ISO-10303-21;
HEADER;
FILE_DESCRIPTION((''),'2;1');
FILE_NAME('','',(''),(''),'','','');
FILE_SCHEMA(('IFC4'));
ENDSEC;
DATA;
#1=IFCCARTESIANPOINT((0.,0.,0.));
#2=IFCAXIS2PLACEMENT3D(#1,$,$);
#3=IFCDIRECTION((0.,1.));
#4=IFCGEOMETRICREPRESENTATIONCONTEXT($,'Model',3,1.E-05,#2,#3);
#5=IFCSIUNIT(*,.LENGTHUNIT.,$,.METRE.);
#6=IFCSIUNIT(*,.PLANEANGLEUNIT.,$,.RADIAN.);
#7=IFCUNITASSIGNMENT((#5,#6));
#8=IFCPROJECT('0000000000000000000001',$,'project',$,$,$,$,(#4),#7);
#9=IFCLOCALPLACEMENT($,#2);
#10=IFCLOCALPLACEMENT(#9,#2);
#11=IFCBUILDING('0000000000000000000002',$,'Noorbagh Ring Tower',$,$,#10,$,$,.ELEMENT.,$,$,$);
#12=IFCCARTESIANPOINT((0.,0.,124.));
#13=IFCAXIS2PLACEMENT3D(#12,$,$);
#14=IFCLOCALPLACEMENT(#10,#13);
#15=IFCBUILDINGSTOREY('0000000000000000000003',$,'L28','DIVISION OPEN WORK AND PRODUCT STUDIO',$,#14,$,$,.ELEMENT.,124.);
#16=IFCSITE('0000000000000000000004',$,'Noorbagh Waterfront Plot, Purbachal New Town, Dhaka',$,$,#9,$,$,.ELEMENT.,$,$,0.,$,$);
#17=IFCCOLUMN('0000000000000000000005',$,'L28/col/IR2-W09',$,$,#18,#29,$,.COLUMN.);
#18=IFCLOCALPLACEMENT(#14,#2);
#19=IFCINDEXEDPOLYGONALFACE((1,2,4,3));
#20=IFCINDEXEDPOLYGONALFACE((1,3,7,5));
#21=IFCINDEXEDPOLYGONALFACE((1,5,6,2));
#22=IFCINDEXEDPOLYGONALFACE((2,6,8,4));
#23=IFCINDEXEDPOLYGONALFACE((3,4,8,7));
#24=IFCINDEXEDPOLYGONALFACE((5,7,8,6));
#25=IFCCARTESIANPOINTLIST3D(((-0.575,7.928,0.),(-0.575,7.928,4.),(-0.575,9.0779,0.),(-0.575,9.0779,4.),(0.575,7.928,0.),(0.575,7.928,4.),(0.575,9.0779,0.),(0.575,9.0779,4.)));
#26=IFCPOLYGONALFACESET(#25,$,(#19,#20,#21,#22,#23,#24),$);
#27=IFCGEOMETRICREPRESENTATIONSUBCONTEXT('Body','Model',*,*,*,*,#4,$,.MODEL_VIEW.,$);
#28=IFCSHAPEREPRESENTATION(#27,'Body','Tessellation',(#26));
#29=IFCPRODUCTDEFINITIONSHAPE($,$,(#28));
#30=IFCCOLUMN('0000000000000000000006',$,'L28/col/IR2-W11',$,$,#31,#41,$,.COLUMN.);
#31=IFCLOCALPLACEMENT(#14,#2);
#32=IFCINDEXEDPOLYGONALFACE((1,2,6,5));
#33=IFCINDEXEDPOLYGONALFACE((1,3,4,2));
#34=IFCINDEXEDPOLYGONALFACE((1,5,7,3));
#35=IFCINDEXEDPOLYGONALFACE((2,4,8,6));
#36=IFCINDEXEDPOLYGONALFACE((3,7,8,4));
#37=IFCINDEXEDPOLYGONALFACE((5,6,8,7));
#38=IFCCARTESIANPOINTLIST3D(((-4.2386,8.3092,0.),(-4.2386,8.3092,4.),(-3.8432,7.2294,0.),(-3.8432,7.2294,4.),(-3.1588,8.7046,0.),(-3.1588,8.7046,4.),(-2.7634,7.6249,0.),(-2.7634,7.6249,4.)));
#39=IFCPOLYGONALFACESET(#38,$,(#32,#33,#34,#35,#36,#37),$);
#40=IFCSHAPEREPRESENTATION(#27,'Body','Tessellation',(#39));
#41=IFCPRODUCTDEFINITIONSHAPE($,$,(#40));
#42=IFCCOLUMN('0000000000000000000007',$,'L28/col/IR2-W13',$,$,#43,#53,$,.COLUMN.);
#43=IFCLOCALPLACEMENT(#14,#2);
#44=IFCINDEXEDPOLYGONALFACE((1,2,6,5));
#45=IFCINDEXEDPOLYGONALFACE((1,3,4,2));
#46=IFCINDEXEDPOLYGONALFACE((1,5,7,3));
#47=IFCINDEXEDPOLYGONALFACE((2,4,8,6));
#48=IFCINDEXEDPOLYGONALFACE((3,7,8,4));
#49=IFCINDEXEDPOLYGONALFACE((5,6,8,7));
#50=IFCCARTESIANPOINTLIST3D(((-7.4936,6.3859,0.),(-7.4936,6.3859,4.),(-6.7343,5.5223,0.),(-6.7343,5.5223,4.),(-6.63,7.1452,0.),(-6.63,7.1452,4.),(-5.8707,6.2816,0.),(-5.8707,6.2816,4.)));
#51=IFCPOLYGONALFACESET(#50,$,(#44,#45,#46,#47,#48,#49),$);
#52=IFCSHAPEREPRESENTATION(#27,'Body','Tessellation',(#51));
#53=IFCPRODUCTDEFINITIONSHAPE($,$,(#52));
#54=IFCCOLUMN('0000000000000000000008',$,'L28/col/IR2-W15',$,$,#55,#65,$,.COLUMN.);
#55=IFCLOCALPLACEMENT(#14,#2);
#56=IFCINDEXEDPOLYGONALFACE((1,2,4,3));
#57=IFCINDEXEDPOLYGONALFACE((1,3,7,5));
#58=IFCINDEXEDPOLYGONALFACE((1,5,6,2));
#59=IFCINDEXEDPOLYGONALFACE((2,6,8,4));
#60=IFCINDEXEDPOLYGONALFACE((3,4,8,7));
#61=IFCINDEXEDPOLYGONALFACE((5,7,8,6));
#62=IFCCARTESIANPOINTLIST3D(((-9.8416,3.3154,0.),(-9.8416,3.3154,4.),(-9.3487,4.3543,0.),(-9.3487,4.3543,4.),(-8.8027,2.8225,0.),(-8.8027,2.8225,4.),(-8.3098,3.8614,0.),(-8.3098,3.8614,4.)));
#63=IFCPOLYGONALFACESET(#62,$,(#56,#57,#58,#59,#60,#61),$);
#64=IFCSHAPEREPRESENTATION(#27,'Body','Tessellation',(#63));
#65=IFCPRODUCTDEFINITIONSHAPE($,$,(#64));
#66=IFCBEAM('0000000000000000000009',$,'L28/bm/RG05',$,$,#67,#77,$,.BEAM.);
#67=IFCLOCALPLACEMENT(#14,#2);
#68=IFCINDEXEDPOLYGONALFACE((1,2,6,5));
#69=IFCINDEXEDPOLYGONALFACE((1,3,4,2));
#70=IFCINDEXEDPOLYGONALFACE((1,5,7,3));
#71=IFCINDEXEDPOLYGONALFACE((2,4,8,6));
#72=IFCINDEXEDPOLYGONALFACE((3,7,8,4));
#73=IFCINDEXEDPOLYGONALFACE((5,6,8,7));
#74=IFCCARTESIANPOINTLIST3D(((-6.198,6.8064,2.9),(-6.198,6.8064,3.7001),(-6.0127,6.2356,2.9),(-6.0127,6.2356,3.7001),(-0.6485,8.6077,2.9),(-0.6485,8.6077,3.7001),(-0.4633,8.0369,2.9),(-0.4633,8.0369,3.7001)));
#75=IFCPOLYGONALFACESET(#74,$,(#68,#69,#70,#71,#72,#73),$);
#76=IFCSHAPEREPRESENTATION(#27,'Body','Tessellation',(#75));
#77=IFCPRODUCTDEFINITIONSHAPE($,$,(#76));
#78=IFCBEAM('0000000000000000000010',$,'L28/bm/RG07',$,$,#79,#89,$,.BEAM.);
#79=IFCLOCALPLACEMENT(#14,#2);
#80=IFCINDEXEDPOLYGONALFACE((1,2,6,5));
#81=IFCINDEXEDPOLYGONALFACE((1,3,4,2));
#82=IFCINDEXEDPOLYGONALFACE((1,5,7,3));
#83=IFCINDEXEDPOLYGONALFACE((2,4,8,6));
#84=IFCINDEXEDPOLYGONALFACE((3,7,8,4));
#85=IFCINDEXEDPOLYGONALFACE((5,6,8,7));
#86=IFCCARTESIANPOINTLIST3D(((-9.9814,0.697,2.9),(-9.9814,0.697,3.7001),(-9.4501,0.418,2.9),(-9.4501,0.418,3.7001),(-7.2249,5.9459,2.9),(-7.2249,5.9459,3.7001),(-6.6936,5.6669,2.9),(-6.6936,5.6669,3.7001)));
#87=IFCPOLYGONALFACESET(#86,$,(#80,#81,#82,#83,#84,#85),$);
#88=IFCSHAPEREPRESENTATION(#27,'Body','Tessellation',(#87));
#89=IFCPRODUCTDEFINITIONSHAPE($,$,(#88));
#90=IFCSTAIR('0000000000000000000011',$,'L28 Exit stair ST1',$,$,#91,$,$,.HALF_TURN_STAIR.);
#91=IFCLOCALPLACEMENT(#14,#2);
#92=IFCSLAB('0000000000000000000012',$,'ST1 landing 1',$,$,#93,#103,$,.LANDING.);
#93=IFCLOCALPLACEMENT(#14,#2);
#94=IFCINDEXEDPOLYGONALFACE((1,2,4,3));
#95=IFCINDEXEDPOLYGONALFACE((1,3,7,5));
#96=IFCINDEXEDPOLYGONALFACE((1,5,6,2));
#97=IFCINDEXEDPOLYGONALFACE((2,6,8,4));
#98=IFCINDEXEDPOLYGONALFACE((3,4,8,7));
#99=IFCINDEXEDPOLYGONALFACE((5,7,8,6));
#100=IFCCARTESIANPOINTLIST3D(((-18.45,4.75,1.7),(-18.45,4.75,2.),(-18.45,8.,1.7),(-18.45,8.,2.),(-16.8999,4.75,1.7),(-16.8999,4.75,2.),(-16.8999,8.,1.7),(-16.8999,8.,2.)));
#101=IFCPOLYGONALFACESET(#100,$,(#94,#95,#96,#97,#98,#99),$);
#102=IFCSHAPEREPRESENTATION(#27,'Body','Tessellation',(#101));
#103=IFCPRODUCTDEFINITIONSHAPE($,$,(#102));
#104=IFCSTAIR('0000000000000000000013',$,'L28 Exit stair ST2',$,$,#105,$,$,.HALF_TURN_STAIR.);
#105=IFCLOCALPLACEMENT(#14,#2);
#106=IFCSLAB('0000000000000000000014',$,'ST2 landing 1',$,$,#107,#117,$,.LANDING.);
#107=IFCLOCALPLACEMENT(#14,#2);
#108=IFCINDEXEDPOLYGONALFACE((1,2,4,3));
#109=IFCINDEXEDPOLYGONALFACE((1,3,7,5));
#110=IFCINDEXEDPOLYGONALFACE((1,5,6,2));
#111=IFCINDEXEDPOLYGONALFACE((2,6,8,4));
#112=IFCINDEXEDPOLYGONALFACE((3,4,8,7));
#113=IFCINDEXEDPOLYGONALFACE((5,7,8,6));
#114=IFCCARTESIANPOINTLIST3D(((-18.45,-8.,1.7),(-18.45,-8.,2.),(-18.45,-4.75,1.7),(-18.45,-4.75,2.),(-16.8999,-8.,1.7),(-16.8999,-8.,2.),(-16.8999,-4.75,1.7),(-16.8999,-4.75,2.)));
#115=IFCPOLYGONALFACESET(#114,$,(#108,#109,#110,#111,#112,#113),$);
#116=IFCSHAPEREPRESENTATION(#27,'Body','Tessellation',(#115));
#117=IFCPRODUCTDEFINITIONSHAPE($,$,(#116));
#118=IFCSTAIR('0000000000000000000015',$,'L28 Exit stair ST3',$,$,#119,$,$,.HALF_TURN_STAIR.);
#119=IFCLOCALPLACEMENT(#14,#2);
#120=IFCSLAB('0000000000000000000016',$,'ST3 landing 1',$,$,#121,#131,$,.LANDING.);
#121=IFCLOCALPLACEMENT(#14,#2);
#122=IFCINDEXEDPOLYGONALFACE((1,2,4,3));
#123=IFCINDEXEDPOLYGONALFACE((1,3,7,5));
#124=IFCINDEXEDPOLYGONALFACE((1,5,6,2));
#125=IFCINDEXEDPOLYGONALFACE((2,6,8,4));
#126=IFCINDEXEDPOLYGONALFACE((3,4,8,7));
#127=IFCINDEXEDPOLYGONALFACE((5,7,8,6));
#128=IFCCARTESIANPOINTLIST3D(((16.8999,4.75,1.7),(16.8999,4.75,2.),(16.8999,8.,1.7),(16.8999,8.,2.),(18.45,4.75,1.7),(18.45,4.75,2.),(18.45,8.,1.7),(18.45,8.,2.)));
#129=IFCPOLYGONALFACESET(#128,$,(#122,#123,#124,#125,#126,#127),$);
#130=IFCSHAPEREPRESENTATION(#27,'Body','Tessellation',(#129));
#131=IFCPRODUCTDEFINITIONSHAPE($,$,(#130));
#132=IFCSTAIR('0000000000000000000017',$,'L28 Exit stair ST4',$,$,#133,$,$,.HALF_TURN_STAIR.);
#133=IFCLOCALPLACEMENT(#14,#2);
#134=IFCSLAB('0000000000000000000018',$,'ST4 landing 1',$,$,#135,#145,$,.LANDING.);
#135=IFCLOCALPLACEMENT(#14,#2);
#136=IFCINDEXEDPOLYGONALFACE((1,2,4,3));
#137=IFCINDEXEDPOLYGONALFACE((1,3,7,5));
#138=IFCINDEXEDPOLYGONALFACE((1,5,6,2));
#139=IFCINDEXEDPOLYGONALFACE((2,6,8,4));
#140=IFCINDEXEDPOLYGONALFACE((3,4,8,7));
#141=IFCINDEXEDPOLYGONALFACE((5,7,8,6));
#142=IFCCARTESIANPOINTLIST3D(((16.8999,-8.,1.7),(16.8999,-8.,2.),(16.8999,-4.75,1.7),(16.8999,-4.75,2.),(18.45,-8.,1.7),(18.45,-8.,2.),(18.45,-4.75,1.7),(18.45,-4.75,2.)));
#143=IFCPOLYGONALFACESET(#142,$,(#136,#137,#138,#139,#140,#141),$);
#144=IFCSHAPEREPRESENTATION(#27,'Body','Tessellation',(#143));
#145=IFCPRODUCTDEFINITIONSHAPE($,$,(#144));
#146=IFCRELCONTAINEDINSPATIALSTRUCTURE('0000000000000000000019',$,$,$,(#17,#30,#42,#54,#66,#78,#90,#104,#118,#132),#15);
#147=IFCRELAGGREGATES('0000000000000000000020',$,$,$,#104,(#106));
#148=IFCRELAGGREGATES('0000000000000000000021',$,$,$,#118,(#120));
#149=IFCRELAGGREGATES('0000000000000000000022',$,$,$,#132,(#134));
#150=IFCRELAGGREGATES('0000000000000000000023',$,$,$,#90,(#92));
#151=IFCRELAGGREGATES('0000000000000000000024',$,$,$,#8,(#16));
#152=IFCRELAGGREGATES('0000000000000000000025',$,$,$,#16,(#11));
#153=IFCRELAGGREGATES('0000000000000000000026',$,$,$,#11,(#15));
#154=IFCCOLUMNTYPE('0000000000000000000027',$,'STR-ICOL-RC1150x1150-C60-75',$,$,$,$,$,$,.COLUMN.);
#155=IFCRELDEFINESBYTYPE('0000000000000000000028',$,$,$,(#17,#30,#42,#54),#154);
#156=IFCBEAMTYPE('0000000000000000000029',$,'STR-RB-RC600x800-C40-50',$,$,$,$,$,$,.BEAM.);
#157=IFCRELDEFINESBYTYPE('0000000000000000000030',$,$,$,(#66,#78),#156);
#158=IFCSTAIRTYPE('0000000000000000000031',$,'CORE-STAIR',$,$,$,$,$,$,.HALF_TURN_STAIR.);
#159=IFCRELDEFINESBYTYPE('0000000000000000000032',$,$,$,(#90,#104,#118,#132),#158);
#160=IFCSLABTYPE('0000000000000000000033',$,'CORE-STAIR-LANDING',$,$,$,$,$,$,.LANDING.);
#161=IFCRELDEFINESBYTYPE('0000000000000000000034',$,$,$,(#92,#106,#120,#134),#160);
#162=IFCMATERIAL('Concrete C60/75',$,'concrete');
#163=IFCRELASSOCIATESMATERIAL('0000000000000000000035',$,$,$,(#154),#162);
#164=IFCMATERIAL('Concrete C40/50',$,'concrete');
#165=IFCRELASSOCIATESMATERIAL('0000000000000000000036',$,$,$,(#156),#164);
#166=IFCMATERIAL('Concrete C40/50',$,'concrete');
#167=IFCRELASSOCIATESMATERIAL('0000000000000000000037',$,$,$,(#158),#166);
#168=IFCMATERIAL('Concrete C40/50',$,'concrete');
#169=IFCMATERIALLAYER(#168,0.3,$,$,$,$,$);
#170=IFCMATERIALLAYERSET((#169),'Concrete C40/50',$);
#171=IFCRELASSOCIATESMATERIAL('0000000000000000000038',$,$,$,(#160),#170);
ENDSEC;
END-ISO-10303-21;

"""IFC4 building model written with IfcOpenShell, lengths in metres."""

from ifc_helpers import new_model, si_unit, direction, frame, origin, origin_2d, place, context, subcontext, project, spatial, polyline, rectangle, outline, extrude, material, layer, layer_set, material_profile, profile_set, type_object, element, aggregate, save


model = new_model("IFC4")

# Units and contexts
model_context = context("Model", 3, precision=1e-05, world=origin(), true_north=direction((0.0, 1.0)))
body_context = subcontext(model_context, "Body", "Model", "MODEL_VIEW")
ifc_project = project(units=[si_unit("LENGTHUNIT", "METRE"), si_unit("PLANEANGLEUNIT", "RADIAN")], contexts=[model_context])

# Site, building, storey
site_placement = place(None, origin())
site = spatial("IfcSite", under=ifc_project, at=site_placement, Name="Noorbagh Waterfront Plot, Purbachal New Town, Dhaka", CompositionType="ELEMENT", RefElevation=0.0)
building_placement = place(site_placement, origin())
building = spatial("IfcBuilding", under=site, at=building_placement, Name="Noorbagh Ring Tower", CompositionType="ELEMENT")
storey_placement = place(building_placement, frame((0.0, 0.0, 124.0)))
storey = spatial("IfcBuildingStorey", under=building, at=storey_placement, Name="L28", Description="DIVISION OPEN WORK AND PRODUCT STUDIO", CompositionType="ELEMENT", Elevation=124.0)

# Columns
ifc_material_1 = material(Name="Concrete C60/75", Category="concrete")
ifc_material_profile_1 = material_profile(ifc_material_1, rectangle(XDim=1.1499, YDim=1.1499, at=origin_2d()), Name="RC1150x1150")
ifc_profile_set_1 = profile_set([ifc_material_profile_1], Name="Concrete C60/75")
column_type = type_object("IfcColumnType", Name="STR-ICOL-RC1150x1150-C60-75", PredefinedType="COLUMN", material=ifc_profile_set_1)
for number, where, z_axis, x_axis, name in (
    (1, (0.0, 8.5029, 0.0), (0.0, 0.0, 1.0), (-1.0, 0.0, 0.0), "L28/col/IR2-W09"),
    (2, (-3.501, 7.967, 0.0), (0.0, 0.0, 1.0), (-0.93902, -0.343864, 0.0), "L28/col/IR2-W11"),
    (3, (-6.6821, 6.3337, 0.0), (0.0, 0.0, 1.0), (-0.751022, -0.660277, 0.0), "L28/col/IR2-W13"),
    (4, (-9.0757, 3.5884, 0.0), (0.0, 0.0, 1.0), (-0.428667, -0.903463, 0.0), "L28/col/IR2-W15"),
):
    element("IfcColumn", number, at=place(storey_placement, frame(where, z_axis=z_axis, x_axis=x_axis)), inside=storey, type_object=column_type, Name=name, PredefinedType="COLUMN", context=body_context, shape_type="SweptSolid", body=[
        extrude(rectangle(XDim=1.1499, YDim=1.1499, at=origin_2d()), origin(), (0.0, 0.0, 1.0), 4.0),
    ])

# Beams
ifc_material_2 = material(Name="Concrete C40/50", Category="concrete")
ifc_material_profile_2 = material_profile(ifc_material_2, rectangle(XDim=0.6001, YDim=0.8, at=origin_2d()), Name="RC600x800")
ifc_profile_set_2 = profile_set([ifc_material_profile_2], Name="Concrete C40/50")
beam_type = type_object("IfcBeamType", Name="STR-RB-RC600x800-C40-50", PredefinedType="BEAM", material=ifc_profile_set_2)
beam_1_placement = place(storey_placement, frame((-0.5559, 8.3223, 3.3), z_axis=(-0.951152, -0.308724, 0.0), x_axis=(0.308724, -0.951152, 0.0)))
element("IfcBeam", 5, at=beam_1_placement, inside=storey, type_object=beam_type, Name="L28/bm/RG05", PredefinedType="BEAM", context=body_context, shape_type="SweptSolid", body=[
    extrude(rectangle(XDim=0.6001, YDim=0.8, at=origin_2d()), origin(), (0.0, 0.0, 1.0), 5.8345),
])
beam_2_placement = place(storey_placement, frame((-6.9592, 5.8064, 3.3), z_axis=(-0.464947, -0.885339, 0.0), x_axis=(0.885339, -0.464947, 0.0)))
element("IfcBeam", 6, at=beam_2_placement, inside=storey, type_object=beam_type, Name="L28/bm/RG07", PredefinedType="BEAM", context=body_context, shape_type="SweptSolid", body=[
    extrude(rectangle(XDim=0.6001, YDim=0.8, at=origin_2d()), origin(), (0.0, 0.0, 1.0), 5.9287),
])

# Stairs, slabs
ifc_material_3 = material(Name="Concrete C40/50", Category="concrete")
stair_type = type_object("IfcStairType", Name="CORE-STAIR", PredefinedType="HALF_TURN_STAIR", material=ifc_material_3)
stair_1_placement = place(storey_placement, origin())
stair_1 = element("IfcStair", 7, at=stair_1_placement, inside=storey, type_object=stair_type, Name="L28 Exit stair ST1", PredefinedType="HALF_TURN_STAIR")
ifc_material_4 = material(Name="Concrete C40/50", Category="concrete")
ifc_layer_1 = layer(ifc_material_4, 0.3)
ifc_layer_set_1 = layer_set([ifc_layer_1], Name="Concrete C40/50")
slab_type_1 = type_object("IfcSlabType", Name="CORE-STAIR-LANDING", PredefinedType="LANDING", material=ifc_layer_set_1)
slab_1_placement = place(storey_placement, frame((0.0, 0.0, 1.7)))
slab_1 = element("IfcSlab", 8, at=slab_1_placement, type_object=slab_type_1, Name="ST1 landing 1", PredefinedType="LANDING", context=body_context, shape_type="SweptSolid", body=[
    extrude(outline(polyline([(-18.45, 4.75), (-16.8999, 4.75), (-16.8999, 8.0), (-18.45, 8.0), (-18.45, 4.75)])), origin(), (0.0, 0.0, 1.0), 0.3),
])
stair_2_placement = place(storey_placement, origin())
stair_2 = element("IfcStair", 9, at=stair_2_placement, inside=storey, type_object=stair_type, Name="L28 Exit stair ST2", PredefinedType="HALF_TURN_STAIR")
slab_2_placement = place(storey_placement, frame((0.0, 0.0, 1.7)))
slab_2 = element("IfcSlab", 10, at=slab_2_placement, type_object=slab_type_1, Name="ST2 landing 1", PredefinedType="LANDING", context=body_context, shape_type="SweptSolid", body=[
    extrude(outline(polyline([(-18.45, -8.0), (-16.8999, -8.0), (-16.8999, -4.75), (-18.45, -4.75), (-18.45, -8.0)])), origin(), (0.0, 0.0, 1.0), 0.3),
])
aggregate(stair_2, [slab_2])
stair_3_placement = place(storey_placement, origin())
stair_3 = element("IfcStair", 11, at=stair_3_placement, inside=storey, type_object=stair_type, Name="L28 Exit stair ST3", PredefinedType="HALF_TURN_STAIR")
slab_3_placement = place(storey_placement, frame((0.0, 0.0, 1.7)))
slab_3 = element("IfcSlab", 12, at=slab_3_placement, type_object=slab_type_1, Name="ST3 landing 1", PredefinedType="LANDING", context=body_context, shape_type="SweptSolid", body=[
    extrude(outline(polyline([(18.45, 8.0), (16.8999, 8.0), (16.8999, 4.75), (18.45, 4.75), (18.45, 8.0)])), origin(), (0.0, 0.0, 1.0), 0.3),
])
aggregate(stair_3, [slab_3])
stair_4_placement = place(storey_placement, origin())
stair_4 = element("IfcStair", 13, at=stair_4_placement, inside=storey, type_object=stair_type, Name="L28 Exit stair ST4", PredefinedType="HALF_TURN_STAIR")
slab_4_placement = place(storey_placement, frame((0.0, 0.0, 1.7)))
slab_4 = element("IfcSlab", 14, at=slab_4_placement, type_object=slab_type_1, Name="ST4 landing 1", PredefinedType="LANDING", context=body_context, shape_type="SweptSolid", body=[
    extrude(outline(polyline([(18.45, -4.75), (16.8999, -4.75), (16.8999, -8.0), (18.45, -8.0), (18.45, -4.75)])), origin(), (0.0, 0.0, 1.0), 0.3),
])
aggregate(stair_4, [slab_4])

aggregate(stair_1, [slab_1])

save(model, "model.ifc")
